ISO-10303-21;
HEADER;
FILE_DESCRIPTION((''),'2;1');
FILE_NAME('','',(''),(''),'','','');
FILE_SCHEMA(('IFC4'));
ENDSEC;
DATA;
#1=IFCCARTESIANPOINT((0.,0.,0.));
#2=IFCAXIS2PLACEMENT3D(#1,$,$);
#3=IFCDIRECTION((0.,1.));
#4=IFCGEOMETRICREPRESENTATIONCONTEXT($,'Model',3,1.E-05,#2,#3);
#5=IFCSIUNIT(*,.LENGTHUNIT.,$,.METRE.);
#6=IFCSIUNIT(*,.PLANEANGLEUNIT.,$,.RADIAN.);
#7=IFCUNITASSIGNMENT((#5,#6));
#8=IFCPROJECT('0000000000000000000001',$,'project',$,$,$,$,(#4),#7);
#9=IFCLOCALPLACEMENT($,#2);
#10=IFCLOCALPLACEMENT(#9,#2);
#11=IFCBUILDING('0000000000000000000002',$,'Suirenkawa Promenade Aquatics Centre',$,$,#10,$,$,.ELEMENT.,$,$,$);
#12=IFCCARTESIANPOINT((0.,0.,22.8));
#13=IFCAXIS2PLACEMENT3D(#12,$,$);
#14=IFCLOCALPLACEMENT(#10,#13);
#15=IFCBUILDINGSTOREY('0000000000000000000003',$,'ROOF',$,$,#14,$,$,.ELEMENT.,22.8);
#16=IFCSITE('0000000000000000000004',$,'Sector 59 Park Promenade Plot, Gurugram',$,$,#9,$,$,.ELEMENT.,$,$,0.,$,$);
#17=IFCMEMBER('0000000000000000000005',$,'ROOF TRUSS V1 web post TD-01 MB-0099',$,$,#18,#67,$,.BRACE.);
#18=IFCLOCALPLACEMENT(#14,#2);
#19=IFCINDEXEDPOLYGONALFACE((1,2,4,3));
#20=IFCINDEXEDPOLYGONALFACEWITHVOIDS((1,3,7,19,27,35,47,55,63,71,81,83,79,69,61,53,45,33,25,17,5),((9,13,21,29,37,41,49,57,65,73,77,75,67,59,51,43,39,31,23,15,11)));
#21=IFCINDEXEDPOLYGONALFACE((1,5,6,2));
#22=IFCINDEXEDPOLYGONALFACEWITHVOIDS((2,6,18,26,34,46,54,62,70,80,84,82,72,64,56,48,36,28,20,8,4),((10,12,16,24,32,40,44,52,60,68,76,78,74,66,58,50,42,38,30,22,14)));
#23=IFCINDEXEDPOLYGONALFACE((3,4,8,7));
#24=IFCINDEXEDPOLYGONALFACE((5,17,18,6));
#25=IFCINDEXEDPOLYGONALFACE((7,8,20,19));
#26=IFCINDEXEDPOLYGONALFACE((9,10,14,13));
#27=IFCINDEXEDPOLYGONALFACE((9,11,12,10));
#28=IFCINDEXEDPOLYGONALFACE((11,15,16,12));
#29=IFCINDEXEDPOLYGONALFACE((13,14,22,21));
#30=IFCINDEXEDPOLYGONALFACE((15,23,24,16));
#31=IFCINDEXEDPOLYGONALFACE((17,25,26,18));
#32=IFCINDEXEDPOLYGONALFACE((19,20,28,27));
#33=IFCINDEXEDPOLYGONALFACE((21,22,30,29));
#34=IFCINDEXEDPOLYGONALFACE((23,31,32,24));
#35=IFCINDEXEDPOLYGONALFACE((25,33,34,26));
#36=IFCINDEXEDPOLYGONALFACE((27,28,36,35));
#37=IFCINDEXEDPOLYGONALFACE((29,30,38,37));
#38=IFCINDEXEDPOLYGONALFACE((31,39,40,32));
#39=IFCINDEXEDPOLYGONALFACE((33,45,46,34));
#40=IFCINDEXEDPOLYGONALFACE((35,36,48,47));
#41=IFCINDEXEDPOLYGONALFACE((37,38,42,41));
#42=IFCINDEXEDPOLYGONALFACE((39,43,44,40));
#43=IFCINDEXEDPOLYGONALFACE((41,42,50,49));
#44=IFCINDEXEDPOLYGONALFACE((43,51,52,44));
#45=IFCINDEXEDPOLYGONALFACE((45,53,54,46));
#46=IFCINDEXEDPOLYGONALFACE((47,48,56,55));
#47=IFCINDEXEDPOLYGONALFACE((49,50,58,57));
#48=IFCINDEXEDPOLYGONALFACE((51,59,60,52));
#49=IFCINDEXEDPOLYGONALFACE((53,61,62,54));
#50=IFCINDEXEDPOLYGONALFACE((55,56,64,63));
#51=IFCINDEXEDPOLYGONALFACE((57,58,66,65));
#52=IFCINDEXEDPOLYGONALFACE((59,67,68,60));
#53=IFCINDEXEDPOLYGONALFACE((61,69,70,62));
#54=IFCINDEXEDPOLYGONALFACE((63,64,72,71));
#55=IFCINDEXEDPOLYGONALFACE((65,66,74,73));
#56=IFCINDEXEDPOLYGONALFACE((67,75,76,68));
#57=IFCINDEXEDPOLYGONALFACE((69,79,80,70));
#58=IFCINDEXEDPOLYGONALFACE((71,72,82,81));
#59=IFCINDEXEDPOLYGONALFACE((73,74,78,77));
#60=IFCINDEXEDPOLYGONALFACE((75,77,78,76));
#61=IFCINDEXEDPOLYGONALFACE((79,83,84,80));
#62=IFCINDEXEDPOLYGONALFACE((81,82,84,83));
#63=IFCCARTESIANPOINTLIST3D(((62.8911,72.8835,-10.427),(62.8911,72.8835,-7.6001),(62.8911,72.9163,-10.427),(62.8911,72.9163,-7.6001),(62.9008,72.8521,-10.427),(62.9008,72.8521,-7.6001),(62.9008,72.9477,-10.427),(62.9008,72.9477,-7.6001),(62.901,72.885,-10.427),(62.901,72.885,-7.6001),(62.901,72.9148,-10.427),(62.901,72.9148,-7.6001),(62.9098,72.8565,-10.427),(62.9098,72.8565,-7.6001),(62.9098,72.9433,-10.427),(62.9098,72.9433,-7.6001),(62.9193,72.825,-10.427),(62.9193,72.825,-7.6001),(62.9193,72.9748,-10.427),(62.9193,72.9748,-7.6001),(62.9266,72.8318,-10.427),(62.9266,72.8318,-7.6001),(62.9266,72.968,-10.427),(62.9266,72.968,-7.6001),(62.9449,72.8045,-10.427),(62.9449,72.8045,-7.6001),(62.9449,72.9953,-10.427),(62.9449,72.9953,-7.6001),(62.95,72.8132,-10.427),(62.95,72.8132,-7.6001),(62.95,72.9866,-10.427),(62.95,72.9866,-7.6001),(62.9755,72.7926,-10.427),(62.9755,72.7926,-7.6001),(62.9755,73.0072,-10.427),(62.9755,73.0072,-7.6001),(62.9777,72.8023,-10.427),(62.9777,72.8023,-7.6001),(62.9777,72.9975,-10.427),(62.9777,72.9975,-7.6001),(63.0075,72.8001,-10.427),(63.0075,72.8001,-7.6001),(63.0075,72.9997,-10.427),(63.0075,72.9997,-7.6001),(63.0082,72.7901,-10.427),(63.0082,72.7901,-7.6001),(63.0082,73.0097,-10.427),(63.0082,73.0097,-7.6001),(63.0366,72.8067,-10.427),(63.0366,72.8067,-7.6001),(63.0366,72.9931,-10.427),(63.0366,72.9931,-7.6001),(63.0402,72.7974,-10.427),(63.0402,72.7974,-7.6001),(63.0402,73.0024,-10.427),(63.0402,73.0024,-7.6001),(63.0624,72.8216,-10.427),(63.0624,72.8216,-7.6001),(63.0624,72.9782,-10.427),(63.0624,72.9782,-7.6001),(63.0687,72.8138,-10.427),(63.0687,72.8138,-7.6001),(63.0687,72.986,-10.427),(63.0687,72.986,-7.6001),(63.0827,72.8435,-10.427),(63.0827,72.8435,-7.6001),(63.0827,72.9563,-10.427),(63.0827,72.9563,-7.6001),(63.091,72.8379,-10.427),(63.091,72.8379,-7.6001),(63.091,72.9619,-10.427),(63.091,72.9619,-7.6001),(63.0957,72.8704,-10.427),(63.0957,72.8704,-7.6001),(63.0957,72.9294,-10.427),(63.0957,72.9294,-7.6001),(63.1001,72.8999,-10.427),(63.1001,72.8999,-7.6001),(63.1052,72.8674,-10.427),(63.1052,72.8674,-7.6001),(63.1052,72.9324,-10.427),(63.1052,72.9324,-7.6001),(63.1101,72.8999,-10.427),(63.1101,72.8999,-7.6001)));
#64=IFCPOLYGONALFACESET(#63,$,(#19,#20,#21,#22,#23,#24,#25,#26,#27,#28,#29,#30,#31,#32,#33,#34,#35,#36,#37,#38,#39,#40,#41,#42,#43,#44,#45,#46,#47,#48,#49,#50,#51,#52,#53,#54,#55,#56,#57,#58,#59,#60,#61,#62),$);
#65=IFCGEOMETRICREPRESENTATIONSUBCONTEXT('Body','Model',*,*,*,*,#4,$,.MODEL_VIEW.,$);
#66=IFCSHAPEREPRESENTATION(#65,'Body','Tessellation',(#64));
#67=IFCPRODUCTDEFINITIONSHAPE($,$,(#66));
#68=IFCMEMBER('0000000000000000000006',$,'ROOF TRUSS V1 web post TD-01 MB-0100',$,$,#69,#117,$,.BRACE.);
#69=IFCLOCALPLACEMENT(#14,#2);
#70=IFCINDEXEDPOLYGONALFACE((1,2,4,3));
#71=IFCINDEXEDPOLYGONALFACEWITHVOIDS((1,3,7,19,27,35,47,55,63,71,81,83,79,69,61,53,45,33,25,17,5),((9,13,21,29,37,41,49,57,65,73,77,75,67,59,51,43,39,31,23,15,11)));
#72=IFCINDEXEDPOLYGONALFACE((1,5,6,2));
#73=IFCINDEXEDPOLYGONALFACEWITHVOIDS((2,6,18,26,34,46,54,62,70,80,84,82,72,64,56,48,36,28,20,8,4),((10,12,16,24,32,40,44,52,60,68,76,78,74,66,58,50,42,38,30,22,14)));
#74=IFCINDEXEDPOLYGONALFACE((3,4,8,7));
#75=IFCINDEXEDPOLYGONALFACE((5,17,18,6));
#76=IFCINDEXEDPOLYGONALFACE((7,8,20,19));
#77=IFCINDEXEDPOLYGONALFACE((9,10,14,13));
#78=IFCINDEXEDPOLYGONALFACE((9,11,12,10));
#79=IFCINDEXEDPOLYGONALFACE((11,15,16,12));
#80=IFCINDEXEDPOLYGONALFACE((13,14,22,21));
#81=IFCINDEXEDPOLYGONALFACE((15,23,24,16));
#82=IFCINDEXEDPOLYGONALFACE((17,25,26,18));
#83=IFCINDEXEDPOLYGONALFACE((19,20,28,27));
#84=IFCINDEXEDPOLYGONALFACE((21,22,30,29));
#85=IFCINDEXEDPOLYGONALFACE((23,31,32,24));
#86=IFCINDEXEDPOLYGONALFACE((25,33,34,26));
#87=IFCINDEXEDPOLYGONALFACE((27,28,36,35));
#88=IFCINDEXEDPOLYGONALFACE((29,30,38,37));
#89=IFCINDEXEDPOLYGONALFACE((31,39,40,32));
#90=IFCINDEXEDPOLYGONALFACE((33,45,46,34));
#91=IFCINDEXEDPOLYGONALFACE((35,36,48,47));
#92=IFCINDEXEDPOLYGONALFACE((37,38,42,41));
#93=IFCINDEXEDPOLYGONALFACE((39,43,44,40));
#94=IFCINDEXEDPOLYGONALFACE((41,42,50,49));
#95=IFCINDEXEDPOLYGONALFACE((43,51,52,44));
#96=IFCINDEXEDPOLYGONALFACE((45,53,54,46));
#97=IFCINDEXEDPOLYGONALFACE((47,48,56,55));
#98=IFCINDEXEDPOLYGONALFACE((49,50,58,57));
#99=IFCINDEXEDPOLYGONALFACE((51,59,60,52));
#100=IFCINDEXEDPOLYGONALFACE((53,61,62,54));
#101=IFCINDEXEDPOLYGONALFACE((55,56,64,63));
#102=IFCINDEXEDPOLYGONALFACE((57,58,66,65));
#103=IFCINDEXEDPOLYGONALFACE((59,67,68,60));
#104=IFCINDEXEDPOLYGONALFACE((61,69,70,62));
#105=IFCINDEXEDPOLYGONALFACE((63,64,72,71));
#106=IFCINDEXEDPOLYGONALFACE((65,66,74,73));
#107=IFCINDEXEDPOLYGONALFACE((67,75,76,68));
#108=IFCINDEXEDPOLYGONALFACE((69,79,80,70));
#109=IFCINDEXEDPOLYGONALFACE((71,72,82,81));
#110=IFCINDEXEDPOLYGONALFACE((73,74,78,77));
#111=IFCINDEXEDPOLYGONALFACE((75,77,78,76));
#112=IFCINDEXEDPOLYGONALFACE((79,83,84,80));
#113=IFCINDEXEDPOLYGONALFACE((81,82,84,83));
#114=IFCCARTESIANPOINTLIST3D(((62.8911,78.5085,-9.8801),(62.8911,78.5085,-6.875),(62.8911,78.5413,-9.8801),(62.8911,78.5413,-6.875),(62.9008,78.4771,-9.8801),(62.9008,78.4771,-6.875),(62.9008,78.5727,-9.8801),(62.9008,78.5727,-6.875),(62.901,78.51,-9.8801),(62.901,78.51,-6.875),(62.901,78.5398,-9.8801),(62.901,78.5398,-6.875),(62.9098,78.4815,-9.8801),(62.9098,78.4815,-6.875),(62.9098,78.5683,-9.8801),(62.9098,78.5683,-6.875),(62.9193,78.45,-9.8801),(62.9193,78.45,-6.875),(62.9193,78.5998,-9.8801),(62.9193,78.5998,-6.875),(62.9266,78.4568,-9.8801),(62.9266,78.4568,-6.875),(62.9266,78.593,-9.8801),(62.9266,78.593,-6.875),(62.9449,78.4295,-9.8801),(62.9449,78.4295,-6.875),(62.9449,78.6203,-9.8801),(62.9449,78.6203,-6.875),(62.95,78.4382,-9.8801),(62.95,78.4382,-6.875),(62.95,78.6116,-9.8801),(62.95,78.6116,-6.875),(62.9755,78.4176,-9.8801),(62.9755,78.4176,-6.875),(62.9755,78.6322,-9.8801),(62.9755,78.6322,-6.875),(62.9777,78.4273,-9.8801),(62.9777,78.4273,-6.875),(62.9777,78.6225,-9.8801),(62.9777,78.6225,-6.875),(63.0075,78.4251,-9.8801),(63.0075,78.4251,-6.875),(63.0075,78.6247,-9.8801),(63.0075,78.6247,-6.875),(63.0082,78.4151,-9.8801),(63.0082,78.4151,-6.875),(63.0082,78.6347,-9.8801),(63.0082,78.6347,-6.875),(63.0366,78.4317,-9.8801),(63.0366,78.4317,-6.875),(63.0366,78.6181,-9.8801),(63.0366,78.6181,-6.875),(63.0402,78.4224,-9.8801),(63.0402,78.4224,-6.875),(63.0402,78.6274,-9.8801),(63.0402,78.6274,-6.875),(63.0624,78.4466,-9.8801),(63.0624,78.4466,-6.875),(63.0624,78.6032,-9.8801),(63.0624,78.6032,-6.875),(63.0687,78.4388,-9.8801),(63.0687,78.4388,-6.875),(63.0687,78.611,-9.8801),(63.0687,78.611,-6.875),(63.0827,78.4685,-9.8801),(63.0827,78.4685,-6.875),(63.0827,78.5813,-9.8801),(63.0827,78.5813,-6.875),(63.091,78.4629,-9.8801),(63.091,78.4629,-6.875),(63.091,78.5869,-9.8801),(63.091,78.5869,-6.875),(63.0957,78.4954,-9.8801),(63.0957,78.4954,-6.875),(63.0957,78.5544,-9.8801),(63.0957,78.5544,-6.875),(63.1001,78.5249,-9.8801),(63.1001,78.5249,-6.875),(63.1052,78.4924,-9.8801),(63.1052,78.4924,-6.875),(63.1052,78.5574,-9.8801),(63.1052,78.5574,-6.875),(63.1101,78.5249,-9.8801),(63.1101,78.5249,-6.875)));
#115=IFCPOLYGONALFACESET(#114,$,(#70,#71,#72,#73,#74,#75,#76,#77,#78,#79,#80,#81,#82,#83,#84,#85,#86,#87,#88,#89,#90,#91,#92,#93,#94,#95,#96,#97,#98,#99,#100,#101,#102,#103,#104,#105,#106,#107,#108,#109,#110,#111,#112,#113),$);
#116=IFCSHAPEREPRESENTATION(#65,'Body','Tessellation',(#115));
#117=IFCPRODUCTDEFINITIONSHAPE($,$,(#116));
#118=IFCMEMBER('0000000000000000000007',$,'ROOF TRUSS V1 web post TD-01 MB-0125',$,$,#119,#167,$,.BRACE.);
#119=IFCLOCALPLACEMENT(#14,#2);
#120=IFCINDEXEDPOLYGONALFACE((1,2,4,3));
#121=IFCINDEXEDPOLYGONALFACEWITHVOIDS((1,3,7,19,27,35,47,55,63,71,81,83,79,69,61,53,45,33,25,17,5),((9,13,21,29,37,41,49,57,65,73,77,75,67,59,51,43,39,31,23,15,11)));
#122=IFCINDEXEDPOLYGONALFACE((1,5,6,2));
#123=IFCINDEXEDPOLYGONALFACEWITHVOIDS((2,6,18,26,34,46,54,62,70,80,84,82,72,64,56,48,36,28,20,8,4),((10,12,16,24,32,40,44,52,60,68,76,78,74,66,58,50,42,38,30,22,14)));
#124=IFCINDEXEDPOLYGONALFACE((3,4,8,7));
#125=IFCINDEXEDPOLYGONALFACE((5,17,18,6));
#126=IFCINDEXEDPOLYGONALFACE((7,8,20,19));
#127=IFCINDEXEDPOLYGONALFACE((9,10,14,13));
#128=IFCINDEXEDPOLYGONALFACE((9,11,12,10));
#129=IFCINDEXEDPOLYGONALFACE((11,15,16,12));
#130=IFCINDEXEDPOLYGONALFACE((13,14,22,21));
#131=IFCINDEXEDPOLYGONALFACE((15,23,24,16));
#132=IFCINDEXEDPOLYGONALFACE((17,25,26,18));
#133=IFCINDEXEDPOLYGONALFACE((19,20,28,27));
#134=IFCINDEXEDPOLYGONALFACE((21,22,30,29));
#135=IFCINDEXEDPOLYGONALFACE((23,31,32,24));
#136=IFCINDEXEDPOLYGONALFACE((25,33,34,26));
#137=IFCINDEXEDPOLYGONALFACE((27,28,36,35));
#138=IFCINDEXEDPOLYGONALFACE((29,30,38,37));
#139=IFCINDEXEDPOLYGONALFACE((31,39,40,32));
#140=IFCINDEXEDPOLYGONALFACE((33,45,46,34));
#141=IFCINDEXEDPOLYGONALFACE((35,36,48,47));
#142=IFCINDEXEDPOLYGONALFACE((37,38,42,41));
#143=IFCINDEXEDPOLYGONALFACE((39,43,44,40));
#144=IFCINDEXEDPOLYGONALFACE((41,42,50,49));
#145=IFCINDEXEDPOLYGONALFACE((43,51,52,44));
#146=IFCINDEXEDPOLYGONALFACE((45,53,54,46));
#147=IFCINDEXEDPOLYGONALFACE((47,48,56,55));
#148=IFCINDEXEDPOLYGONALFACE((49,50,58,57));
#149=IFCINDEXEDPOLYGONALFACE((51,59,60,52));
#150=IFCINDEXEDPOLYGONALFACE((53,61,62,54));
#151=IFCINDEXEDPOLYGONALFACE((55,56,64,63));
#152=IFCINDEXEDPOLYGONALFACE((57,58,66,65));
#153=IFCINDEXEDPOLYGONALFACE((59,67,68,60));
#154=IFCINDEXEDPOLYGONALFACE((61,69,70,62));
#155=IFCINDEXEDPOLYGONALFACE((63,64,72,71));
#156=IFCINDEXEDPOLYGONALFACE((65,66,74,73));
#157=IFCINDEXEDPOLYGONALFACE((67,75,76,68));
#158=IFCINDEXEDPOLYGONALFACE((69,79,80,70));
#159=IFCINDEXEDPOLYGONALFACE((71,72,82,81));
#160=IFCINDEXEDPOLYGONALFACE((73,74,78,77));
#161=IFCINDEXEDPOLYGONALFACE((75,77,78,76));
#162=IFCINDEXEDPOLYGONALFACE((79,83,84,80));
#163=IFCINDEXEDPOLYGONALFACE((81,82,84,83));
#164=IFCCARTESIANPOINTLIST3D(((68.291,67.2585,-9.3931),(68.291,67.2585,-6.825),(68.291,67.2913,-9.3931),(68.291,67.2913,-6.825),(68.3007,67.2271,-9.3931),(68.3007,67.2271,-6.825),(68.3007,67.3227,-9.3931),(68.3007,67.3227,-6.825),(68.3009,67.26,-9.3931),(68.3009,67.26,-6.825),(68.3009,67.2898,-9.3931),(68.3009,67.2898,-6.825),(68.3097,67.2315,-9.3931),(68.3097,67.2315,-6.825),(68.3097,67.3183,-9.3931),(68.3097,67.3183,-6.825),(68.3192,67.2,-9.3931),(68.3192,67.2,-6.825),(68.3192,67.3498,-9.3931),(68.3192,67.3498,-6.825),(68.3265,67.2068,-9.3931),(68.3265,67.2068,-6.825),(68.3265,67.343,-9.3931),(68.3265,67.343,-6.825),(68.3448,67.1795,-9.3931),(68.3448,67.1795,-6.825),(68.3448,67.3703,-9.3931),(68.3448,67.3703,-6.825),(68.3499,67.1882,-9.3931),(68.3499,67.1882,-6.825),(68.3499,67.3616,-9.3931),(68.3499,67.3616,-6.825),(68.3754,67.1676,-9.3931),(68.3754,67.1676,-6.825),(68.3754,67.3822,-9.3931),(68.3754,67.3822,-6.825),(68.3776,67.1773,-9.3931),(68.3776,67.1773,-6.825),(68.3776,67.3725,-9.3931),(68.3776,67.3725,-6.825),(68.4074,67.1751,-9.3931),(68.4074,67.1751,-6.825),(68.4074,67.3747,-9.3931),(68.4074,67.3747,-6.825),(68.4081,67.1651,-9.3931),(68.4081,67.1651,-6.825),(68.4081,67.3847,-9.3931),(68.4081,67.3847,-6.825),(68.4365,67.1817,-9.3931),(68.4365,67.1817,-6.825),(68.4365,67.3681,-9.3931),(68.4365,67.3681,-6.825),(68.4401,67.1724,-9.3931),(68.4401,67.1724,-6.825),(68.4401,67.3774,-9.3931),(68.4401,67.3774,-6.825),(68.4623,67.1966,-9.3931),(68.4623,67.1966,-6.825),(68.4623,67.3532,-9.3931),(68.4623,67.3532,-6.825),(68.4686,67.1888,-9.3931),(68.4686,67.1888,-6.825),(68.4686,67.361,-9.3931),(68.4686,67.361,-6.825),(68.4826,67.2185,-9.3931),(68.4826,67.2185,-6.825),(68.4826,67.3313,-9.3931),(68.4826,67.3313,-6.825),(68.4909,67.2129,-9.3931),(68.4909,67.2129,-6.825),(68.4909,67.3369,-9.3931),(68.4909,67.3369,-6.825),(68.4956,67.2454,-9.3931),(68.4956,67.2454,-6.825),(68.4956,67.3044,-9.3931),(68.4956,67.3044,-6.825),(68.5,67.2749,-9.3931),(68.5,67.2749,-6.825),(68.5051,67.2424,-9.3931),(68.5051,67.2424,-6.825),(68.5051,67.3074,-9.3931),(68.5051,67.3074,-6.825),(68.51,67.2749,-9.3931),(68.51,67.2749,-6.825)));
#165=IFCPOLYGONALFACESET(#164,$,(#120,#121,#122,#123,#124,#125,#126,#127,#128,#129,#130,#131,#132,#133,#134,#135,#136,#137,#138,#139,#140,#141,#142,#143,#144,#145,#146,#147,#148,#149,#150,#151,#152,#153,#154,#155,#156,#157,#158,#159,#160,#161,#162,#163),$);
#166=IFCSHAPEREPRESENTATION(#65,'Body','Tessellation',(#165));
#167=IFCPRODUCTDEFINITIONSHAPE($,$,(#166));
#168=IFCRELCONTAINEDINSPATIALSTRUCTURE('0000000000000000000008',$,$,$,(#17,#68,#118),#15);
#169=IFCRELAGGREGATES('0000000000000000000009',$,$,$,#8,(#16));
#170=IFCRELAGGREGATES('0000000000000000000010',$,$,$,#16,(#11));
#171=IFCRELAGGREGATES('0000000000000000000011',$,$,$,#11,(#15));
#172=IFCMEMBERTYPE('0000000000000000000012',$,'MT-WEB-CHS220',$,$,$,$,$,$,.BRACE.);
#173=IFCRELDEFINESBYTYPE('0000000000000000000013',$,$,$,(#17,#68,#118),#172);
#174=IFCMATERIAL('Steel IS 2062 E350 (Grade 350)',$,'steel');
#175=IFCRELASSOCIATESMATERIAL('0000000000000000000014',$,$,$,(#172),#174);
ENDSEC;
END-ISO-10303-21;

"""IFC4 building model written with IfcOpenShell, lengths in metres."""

from ifc_helpers import new_model, si_unit, direction, frame, origin, origin_2d, place, context, subcontext, project, spatial, hollow_circle, extrude, material, material_profile, profile_set, type_object, element, save


model = new_model("IFC4")

# Units and contexts
model_context = context("Model", 3, precision=1e-05, world=origin(), true_north=direction((0.0, 1.0)))
body_context = subcontext(model_context, "Body", "Model", "MODEL_VIEW")
ifc_project = project(units=[si_unit("LENGTHUNIT", "METRE"), si_unit("PLANEANGLEUNIT", "RADIAN")], contexts=[model_context])

# Site, building, storey
site_placement = place(None, origin())
site = spatial("IfcSite", under=ifc_project, at=site_placement, Name="Sector 59 Park Promenade Plot, Gurugram", CompositionType="ELEMENT", RefElevation=0.0)
building_placement = place(site_placement, origin())
building = spatial("IfcBuilding", under=site, at=building_placement, Name="Suirenkawa Promenade Aquatics Centre", CompositionType="ELEMENT")
storey_placement = place(building_placement, frame((0.0, 0.0, 22.8)))
storey = spatial("IfcBuildingStorey", under=building, at=storey_placement, Name="ROOF", CompositionType="ELEMENT", Elevation=22.8)

# Shared definitions
ifc_material = material(Name="Steel IS 2062 E350 (Grade 350)", Category="steel")

# Members
ifc_material_profile_1 = material_profile(ifc_material, hollow_circle(Radius=0.1101, WallThickness=0.01, at=origin_2d()), Name="CHS 220x10", Category="steel")
ifc_profile_set_1 = profile_set([ifc_material_profile_1], Name="Steel IS 2062 E350 (Grade 350)")
member_type_1 = type_object("IfcMemberType", Name="MT-WEB-CHS220", PredefinedType="BRACE", material=ifc_profile_set_1)
member_1_placement = place(storey_placement, frame((63.0, 72.8999, -10.427), z_axis=(0.0, 0.0, 1.0), x_axis=(1.0, 0.0, 0.0)))
element("IfcMember", 1, at=member_1_placement, inside=storey, type_object=member_type_1, Name="ROOF TRUSS V1 web post TD-01 MB-0099", PredefinedType="BRACE", context=body_context, shape_type="SweptSolid", body=[
    extrude(hollow_circle(Radius=0.1101, WallThickness=0.01, at=origin_2d()), origin(), (0.0, 0.0, 1.0), 2.8269),
])
member_2_placement = place(storey_placement, frame((63.0, 78.5249, -9.8801), z_axis=(0.0, 0.0, 1.0), x_axis=(1.0, 0.0, 0.0)))
element("IfcMember", 2, at=member_2_placement, inside=storey, type_object=member_type_1, Name="ROOF TRUSS V1 web post TD-01 MB-0100", PredefinedType="BRACE", context=body_context, shape_type="SweptSolid", body=[
    extrude(hollow_circle(Radius=0.1101, WallThickness=0.01, at=origin_2d()), origin(), (0.0, 0.0, 1.0), 3.0051),
])
member_3_placement = place(storey_placement, frame((68.3999, 67.2749, -9.3931), z_axis=(0.0, 0.0, 1.0), x_axis=(1.0, 0.0, 0.0)))
element("IfcMember", 3, at=member_3_placement, inside=storey, type_object=member_type_1, Name="ROOF TRUSS V1 web post TD-01 MB-0125", PredefinedType="BRACE", context=body_context, shape_type="SweptSolid", body=[
    extrude(hollow_circle(Radius=0.1101, WallThickness=0.01, at=origin_2d()), origin(), (0.0, 0.0, 1.0), 2.5681),
])

save(model, "model.ifc")
